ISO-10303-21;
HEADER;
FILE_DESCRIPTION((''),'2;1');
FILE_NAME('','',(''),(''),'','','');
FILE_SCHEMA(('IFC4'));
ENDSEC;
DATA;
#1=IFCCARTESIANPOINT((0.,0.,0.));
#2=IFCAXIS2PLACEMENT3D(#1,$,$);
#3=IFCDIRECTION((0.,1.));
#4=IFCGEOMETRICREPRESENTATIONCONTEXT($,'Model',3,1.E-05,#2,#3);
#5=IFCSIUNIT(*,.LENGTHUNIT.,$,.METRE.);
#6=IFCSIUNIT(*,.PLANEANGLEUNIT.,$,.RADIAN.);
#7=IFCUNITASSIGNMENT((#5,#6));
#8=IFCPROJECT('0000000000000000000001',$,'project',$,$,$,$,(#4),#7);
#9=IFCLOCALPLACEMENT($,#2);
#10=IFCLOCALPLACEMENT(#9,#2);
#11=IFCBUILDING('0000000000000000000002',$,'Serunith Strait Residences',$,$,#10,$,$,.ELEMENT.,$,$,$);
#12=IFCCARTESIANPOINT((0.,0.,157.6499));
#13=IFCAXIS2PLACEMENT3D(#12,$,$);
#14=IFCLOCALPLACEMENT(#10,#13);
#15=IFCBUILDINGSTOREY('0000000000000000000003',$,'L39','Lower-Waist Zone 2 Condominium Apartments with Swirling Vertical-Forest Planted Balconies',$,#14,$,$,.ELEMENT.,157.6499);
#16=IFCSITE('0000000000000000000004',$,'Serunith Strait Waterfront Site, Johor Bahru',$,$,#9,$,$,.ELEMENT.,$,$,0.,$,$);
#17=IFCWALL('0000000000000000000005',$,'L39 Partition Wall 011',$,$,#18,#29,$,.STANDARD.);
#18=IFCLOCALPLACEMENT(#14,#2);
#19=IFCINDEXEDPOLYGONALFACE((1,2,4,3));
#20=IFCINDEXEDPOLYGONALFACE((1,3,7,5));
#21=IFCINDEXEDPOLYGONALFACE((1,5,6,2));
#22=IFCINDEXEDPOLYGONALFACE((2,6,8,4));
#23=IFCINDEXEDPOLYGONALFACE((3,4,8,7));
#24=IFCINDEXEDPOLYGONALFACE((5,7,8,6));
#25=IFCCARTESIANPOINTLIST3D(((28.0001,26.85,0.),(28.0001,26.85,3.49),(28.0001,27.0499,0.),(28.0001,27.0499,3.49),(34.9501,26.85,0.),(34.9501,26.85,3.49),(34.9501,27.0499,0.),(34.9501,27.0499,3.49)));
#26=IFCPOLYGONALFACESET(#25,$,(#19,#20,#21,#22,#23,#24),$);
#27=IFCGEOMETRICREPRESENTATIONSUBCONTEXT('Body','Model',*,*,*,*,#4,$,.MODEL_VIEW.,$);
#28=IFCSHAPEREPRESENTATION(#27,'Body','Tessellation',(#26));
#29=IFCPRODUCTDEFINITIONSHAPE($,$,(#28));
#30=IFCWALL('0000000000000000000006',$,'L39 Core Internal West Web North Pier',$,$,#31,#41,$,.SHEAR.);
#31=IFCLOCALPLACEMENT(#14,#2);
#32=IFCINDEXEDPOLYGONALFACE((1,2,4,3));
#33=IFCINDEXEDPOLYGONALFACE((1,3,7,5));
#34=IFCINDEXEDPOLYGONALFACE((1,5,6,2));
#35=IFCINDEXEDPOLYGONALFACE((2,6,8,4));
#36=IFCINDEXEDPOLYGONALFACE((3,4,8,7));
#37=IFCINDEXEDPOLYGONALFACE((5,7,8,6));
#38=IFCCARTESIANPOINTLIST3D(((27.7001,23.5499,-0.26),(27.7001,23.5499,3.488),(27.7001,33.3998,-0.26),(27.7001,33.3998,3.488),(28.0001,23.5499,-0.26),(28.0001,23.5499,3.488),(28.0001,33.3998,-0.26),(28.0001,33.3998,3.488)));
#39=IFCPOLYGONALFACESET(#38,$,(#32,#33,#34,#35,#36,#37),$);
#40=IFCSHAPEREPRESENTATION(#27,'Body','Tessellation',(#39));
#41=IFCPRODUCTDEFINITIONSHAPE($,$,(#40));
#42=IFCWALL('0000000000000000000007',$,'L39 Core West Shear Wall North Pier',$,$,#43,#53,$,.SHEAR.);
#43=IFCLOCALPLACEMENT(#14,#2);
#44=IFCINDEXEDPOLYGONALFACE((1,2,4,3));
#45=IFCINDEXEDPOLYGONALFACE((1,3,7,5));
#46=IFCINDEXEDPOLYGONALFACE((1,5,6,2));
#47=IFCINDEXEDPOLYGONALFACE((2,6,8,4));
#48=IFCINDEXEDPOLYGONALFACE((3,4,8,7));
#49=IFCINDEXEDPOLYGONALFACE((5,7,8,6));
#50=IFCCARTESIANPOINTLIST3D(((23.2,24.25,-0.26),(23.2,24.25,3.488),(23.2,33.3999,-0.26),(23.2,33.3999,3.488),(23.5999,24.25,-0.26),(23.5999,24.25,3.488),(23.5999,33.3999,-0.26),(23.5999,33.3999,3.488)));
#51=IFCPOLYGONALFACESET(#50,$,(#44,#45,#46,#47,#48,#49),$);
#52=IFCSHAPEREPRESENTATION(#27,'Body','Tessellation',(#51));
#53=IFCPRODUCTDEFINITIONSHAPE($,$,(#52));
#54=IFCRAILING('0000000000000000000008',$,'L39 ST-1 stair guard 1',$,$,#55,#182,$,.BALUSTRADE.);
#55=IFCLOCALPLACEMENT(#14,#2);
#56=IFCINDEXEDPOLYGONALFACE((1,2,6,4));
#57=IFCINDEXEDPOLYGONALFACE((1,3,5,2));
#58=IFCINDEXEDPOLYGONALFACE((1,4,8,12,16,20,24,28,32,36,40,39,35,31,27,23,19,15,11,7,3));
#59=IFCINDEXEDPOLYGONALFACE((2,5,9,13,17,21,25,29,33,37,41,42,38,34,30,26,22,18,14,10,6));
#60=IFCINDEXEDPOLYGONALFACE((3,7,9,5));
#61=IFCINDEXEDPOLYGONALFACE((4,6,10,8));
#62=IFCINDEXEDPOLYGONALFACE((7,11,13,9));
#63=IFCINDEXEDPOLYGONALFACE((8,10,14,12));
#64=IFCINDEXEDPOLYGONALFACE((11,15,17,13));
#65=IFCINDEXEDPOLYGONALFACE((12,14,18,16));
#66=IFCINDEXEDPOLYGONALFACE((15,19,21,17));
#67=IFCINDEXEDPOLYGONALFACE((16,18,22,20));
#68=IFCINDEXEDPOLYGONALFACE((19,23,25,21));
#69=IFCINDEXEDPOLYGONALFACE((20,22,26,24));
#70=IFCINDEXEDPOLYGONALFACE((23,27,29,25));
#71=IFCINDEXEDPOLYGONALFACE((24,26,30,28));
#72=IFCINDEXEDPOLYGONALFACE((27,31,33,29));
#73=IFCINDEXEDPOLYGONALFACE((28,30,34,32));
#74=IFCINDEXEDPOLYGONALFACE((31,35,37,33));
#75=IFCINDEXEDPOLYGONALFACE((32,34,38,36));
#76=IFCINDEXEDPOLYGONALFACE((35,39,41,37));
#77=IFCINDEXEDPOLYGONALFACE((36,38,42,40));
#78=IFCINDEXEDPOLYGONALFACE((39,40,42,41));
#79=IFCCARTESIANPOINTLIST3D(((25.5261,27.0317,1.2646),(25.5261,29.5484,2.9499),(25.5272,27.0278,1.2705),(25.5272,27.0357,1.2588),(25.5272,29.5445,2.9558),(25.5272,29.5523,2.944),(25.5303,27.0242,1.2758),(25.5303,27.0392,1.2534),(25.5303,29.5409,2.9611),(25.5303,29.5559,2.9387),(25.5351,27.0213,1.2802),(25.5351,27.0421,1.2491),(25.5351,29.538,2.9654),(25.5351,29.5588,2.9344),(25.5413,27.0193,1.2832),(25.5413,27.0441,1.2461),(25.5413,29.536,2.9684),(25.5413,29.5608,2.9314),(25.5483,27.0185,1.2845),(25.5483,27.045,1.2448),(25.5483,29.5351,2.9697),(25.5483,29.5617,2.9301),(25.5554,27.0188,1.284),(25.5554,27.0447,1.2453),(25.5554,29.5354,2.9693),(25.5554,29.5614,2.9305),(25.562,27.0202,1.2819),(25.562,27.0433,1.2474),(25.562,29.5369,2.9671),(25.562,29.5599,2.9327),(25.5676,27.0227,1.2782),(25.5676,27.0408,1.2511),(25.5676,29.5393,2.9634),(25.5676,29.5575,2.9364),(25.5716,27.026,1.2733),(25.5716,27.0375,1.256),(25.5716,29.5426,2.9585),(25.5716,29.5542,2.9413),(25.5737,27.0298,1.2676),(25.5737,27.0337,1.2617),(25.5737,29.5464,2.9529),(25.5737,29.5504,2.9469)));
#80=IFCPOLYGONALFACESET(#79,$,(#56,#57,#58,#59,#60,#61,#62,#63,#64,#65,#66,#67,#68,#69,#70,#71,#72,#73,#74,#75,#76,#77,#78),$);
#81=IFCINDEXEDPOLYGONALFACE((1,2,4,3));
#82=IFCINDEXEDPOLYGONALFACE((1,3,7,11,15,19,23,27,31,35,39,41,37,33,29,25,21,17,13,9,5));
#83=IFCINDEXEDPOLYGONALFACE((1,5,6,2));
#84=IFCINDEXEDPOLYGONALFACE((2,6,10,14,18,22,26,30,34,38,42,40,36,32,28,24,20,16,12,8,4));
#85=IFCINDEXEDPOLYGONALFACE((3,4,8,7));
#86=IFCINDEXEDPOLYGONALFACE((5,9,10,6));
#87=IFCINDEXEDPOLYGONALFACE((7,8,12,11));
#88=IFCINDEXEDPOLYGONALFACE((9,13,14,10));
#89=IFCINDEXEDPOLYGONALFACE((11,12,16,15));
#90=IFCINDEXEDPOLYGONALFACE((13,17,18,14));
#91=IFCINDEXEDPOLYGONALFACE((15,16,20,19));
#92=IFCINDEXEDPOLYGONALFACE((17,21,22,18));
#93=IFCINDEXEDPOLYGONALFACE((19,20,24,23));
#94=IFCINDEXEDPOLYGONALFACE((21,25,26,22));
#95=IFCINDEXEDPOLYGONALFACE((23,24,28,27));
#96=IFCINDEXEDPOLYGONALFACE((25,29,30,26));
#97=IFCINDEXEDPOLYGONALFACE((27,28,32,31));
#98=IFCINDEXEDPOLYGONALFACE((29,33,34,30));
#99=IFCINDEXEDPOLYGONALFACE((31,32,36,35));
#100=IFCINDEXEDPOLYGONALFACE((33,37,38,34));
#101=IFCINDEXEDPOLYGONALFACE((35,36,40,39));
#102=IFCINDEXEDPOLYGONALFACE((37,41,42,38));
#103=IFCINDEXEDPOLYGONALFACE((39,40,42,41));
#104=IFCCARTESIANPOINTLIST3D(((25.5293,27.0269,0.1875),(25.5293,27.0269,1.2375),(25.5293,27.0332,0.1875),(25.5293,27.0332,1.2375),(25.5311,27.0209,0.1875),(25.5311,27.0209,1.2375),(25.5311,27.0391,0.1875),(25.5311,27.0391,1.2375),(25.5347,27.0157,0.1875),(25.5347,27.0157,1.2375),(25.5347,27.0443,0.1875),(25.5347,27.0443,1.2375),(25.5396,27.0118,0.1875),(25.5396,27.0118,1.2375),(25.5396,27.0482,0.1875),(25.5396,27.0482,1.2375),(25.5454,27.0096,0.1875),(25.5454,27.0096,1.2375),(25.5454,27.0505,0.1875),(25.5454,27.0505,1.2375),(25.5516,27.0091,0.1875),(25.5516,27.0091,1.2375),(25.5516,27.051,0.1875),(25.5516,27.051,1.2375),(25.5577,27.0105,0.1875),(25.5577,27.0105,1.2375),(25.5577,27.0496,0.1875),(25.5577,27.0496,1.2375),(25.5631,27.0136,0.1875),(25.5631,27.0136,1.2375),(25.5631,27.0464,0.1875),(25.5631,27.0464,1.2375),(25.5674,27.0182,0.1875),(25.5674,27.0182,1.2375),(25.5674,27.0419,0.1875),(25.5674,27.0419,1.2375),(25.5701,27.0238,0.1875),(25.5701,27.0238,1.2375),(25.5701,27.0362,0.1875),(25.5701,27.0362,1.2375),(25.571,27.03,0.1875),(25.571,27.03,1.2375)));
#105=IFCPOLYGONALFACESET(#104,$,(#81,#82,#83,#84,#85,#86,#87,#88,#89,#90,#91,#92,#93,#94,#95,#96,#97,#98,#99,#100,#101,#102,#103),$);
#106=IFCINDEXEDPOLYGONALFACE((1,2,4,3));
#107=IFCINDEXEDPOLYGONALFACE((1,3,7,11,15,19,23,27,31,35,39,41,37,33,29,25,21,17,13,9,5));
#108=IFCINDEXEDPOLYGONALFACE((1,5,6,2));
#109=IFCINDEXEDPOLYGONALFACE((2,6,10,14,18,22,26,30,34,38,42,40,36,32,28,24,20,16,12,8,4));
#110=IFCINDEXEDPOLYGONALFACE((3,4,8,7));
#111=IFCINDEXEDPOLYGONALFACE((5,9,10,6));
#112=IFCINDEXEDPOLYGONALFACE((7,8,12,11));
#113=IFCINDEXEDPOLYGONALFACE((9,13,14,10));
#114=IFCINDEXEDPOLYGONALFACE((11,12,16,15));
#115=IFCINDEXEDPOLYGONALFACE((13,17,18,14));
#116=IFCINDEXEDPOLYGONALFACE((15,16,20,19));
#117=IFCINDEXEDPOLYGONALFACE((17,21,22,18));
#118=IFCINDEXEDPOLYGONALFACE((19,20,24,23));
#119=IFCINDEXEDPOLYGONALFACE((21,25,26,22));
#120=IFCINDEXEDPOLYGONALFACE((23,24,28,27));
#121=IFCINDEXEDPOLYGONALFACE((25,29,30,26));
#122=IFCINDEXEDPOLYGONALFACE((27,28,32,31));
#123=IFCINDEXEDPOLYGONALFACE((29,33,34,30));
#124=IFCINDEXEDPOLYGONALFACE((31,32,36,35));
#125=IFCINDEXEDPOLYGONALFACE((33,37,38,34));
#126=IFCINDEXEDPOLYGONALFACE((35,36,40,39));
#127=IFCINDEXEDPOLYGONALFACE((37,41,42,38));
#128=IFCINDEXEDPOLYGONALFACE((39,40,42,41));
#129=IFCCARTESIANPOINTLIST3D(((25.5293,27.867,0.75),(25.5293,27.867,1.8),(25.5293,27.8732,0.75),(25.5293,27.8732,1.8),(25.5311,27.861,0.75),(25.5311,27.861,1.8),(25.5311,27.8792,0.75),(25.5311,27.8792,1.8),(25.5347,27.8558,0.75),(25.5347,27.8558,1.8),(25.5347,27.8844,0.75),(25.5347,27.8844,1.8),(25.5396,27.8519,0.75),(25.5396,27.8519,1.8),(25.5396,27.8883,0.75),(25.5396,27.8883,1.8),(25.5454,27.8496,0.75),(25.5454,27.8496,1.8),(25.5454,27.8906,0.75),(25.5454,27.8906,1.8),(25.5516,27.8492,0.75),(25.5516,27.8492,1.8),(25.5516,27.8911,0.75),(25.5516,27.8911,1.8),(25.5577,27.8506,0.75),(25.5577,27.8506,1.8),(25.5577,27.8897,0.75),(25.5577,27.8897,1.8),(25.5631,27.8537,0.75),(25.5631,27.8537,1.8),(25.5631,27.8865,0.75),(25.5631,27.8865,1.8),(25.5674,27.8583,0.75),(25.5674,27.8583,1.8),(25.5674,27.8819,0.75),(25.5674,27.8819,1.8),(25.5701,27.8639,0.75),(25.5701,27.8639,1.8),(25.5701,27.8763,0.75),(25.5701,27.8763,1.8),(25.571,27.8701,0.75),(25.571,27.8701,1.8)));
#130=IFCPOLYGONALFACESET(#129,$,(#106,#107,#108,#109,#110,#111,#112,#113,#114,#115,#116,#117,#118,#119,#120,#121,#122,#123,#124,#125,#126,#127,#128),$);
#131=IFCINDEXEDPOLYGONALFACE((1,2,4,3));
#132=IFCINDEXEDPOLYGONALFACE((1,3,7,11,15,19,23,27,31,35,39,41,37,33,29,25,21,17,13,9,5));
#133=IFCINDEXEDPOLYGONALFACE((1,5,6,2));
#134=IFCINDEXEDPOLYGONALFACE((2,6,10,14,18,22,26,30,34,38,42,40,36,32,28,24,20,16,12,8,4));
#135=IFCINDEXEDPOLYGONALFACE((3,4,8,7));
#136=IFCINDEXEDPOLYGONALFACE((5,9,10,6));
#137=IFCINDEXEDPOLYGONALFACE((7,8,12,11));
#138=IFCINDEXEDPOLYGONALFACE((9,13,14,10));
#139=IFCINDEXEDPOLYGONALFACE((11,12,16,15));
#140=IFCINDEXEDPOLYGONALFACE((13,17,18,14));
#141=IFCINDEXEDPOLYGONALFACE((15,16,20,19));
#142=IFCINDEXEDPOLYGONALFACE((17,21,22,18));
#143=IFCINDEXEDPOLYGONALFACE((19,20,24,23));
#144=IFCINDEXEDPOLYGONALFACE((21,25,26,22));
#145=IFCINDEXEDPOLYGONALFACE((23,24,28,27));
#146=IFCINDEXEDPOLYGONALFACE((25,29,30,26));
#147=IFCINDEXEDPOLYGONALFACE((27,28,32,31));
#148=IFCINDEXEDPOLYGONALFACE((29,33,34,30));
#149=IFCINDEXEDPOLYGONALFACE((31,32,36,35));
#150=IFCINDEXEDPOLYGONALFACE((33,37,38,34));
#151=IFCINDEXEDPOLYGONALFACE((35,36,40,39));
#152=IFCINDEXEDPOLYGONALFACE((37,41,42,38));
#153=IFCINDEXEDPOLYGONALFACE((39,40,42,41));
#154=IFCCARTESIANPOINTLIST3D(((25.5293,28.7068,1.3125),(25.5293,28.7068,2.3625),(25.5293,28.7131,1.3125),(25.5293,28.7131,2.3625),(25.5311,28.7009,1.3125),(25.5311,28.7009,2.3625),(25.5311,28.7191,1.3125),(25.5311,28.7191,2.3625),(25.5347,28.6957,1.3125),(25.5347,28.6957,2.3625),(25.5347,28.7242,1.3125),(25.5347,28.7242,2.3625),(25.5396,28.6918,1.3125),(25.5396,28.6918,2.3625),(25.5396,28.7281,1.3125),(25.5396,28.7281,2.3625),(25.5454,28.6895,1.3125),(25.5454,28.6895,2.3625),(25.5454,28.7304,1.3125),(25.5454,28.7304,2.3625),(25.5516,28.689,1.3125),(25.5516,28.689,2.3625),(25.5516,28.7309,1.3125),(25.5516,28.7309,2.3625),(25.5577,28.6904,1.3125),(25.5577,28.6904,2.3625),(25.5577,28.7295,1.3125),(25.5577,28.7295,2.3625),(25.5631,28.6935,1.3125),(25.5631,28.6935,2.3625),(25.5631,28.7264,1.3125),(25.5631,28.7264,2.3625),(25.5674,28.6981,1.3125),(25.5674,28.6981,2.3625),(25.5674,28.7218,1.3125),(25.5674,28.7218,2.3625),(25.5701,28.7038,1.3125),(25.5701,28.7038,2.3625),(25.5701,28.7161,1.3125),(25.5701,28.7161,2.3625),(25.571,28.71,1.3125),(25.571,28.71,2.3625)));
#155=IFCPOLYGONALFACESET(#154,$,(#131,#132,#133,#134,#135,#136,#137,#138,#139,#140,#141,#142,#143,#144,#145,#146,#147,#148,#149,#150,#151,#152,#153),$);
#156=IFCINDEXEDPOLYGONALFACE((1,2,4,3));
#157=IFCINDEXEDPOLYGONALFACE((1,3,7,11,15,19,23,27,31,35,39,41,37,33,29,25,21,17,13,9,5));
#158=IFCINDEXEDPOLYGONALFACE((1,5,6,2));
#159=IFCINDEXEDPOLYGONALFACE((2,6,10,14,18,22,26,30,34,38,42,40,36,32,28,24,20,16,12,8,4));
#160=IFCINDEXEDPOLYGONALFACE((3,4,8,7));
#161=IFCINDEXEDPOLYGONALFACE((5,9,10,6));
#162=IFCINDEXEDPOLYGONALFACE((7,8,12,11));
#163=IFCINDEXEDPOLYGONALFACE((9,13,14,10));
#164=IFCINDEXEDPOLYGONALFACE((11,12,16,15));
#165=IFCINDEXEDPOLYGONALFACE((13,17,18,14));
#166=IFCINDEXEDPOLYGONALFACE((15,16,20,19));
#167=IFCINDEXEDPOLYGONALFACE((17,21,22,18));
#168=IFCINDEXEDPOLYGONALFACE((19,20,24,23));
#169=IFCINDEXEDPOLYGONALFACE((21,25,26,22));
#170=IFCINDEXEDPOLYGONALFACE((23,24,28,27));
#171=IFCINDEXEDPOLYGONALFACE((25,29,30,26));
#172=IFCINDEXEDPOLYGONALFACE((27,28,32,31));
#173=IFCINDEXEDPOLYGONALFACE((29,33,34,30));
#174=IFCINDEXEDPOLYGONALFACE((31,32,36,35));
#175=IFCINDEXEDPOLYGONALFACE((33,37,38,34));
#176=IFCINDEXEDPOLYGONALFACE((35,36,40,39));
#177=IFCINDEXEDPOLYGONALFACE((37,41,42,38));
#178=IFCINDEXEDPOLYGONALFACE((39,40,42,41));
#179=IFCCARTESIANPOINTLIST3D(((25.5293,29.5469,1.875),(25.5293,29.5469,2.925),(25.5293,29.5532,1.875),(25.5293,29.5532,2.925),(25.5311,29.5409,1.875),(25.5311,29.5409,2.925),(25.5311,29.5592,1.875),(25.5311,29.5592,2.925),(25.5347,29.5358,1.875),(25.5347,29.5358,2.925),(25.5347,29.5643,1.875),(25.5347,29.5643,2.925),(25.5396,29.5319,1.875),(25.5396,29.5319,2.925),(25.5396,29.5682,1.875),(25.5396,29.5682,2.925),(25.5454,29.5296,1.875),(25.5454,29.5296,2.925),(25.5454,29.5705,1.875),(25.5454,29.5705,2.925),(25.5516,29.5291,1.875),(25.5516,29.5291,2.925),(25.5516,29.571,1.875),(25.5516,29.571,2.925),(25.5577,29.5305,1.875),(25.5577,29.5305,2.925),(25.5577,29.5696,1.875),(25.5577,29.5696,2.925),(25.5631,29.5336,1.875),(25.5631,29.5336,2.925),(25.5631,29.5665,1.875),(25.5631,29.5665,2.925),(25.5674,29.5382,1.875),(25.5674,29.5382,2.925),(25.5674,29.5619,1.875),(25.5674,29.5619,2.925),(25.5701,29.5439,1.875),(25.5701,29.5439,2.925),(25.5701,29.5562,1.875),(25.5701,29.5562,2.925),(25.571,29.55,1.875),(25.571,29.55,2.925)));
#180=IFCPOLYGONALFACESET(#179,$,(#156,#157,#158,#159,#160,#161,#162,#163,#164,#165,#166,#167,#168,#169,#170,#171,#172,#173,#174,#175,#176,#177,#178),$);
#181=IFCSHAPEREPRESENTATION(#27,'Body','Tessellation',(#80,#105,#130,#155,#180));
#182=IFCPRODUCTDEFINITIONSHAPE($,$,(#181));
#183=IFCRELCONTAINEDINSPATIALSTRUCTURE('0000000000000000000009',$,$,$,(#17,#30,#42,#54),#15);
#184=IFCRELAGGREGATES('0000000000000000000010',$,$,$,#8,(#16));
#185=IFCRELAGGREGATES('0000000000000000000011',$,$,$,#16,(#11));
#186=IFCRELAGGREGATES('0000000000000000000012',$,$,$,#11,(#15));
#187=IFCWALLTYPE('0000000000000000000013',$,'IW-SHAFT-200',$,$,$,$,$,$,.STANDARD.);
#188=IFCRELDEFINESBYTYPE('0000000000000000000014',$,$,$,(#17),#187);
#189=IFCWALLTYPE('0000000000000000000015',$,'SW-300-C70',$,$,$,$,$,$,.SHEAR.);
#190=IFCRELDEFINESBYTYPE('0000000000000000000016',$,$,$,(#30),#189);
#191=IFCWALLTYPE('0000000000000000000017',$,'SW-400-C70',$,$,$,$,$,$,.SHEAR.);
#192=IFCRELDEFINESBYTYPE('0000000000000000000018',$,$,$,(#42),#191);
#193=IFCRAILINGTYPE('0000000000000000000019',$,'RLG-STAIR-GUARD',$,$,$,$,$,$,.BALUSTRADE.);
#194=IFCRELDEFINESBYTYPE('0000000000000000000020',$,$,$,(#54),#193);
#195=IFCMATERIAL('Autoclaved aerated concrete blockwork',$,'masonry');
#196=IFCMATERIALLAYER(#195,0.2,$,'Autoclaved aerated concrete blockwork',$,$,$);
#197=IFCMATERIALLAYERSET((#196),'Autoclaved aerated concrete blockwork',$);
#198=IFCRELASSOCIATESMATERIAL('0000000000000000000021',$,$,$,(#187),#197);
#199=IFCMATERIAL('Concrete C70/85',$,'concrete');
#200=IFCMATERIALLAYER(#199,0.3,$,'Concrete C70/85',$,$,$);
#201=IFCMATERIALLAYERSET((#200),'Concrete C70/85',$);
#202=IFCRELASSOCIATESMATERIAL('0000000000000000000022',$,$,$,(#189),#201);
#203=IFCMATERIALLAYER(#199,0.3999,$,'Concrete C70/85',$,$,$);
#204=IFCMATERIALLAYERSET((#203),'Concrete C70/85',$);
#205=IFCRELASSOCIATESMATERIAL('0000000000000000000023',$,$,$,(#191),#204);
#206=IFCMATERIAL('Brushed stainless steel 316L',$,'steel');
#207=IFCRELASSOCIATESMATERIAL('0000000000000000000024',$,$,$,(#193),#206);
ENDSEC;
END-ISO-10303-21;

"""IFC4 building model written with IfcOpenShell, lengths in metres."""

from ifc_helpers import new_model, si_unit, direction, frame, frame_2d, origin, origin_2d, place, context, subcontext, project, spatial, rectangle, circle, extrude, material, layer, layer_set, type_object, element, save


model = new_model("IFC4")

# Units and contexts
model_context = context("Model", 3, precision=1e-05, world=origin(), true_north=direction((0.0, 1.0)))
body_context = subcontext(model_context, "Body", "Model", "MODEL_VIEW")
ifc_project = project(units=[si_unit("LENGTHUNIT", "METRE"), si_unit("PLANEANGLEUNIT", "RADIAN")], contexts=[model_context])

# Site, building, storey
site_placement = place(None, origin())
site = spatial("IfcSite", under=ifc_project, at=site_placement, Name="Serunith Strait Waterfront Site, Johor Bahru", CompositionType="ELEMENT", RefElevation=0.0)
building_placement = place(site_placement, origin())
building = spatial("IfcBuilding", under=site, at=building_placement, Name="Serunith Strait Residences", CompositionType="ELEMENT")
storey_placement = place(building_placement, frame((0.0, 0.0, 157.6499)))
storey = spatial("IfcBuildingStorey", under=building, at=storey_placement, Name="L39", Description="Lower-Waist Zone 2 Condominium Apartments with Swirling Vertical-Forest Planted Balconies", CompositionType="ELEMENT", Elevation=157.6499)

# Shared definitions
ifc_material_1 = material(Name="Autoclaved aerated concrete blockwork", Category="masonry")
ifc_layer_1 = layer(ifc_material_1, 0.2, Name="Autoclaved aerated concrete blockwork")
ifc_layer_set_1 = layer_set([ifc_layer_1], Name="Autoclaved aerated concrete blockwork")
wall_type_1 = type_object("IfcWallType", Name="IW-SHAFT-200", PredefinedType="STANDARD", material=ifc_layer_set_1)

# Walls
wall_1_placement = place(storey_placement, frame((28.0, 26.95, 0.0), z_axis=(0.0, 0.0, 1.0), x_axis=(1.0, 0.0, 0.0)))
element("IfcWall", 1, at=wall_1_placement, inside=storey, type_object=wall_type_1, Name="L39 Partition Wall 011", PredefinedType="STANDARD", context=body_context, shape_type="SweptSolid", body=[
    extrude(rectangle(XDim=6.95, YDim=0.2, at=frame_2d((3.4751, 0.0))), origin(), (0.0, 0.0, 1.0), 3.49),
])
ifc_material_2 = material(Name="Concrete C70/85", Category="concrete")
ifc_layer_2 = layer(ifc_material_2, 0.3, Name="Concrete C70/85")
ifc_layer_set_2 = layer_set([ifc_layer_2], Name="Concrete C70/85")
wall_type_2 = type_object("IfcWallType", Name="SW-300-C70", PredefinedType="SHEAR", material=ifc_layer_set_2)
wall_2_placement = place(storey_placement, frame((27.8501, 23.55, -0.26), z_axis=(0.0, 0.0, 1.0), x_axis=(0.0, 1.0, 0.0)))
element("IfcWall", 2, at=wall_2_placement, inside=storey, type_object=wall_type_2, Name="L39 Core Internal West Web North Pier", PredefinedType="SHEAR", context=body_context, shape_type="SweptSolid", body=[
    extrude(rectangle(XDim=9.8499, YDim=0.3, at=frame_2d((4.9248, 0.0))), origin(), (0.0, 0.0, 1.0), 3.748),
])
ifc_layer_3 = layer(ifc_material_2, 0.3999, Name="Concrete C70/85")
ifc_layer_set_3 = layer_set([ifc_layer_3], Name="Concrete C70/85")
wall_type_3 = type_object("IfcWallType", Name="SW-400-C70", PredefinedType="SHEAR", material=ifc_layer_set_3)
wall_3_placement = place(storey_placement, frame((23.3999, 24.25, -0.26), z_axis=(0.0, 0.0, 1.0), x_axis=(0.0, 1.0, 0.0)))
element("IfcWall", 3, at=wall_3_placement, inside=storey, type_object=wall_type_3, Name="L39 Core West Shear Wall North Pier", PredefinedType="SHEAR", context=body_context, shape_type="SweptSolid", body=[
    extrude(rectangle(XDim=9.1499, YDim=0.3999, at=frame_2d((4.575, 0.0))), origin(), (0.0, 0.0, 1.0), 3.748),
])

# Railing
ifc_material_3 = material(Name="Brushed stainless steel 316L", Category="steel")
railing_type_1 = type_object("IfcRailingType", Name="RLG-STAIR-GUARD", PredefinedType="BALUSTRADE", material=ifc_material_3)
railing_1_placement = place(storey_placement, frame((25.55, 27.03, 0.1875)))
element("IfcRailing", 4, at=railing_1_placement, inside=storey, type_object=railing_type_1, Name="L39 ST-1 stair guard 1", PredefinedType="BALUSTRADE", context=body_context, shape_type="SweptSolid", body=[
    extrude(circle(Radius=0.0239, at=origin_2d()), frame((0.0, 0.0017, 1.0771), z_axis=(0.0, 0.830909, 0.556408), x_axis=(-1.0, 0.0, 0.0)), (0.0, 0.0, 1.0), 3.0288),
    extrude(circle(Radius=0.021, at=origin_2d()), origin(), (0.0, 0.0, 1.0), 1.05),
    extrude(circle(Radius=0.021, at=origin_2d()), frame((0.0, 0.8401, 0.5625)), (0.0, 0.0, 1.0), 1.05),
    extrude(circle(Radius=0.021, at=origin_2d()), frame((0.0, 1.6799, 1.125)), (0.0, 0.0, 1.0), 1.05),
    extrude(circle(Radius=0.021, at=origin_2d()), frame((0.0, 2.52, 1.6875)), (0.0, 0.0, 1.0), 1.05),
])

save(model, "model.ifc")
